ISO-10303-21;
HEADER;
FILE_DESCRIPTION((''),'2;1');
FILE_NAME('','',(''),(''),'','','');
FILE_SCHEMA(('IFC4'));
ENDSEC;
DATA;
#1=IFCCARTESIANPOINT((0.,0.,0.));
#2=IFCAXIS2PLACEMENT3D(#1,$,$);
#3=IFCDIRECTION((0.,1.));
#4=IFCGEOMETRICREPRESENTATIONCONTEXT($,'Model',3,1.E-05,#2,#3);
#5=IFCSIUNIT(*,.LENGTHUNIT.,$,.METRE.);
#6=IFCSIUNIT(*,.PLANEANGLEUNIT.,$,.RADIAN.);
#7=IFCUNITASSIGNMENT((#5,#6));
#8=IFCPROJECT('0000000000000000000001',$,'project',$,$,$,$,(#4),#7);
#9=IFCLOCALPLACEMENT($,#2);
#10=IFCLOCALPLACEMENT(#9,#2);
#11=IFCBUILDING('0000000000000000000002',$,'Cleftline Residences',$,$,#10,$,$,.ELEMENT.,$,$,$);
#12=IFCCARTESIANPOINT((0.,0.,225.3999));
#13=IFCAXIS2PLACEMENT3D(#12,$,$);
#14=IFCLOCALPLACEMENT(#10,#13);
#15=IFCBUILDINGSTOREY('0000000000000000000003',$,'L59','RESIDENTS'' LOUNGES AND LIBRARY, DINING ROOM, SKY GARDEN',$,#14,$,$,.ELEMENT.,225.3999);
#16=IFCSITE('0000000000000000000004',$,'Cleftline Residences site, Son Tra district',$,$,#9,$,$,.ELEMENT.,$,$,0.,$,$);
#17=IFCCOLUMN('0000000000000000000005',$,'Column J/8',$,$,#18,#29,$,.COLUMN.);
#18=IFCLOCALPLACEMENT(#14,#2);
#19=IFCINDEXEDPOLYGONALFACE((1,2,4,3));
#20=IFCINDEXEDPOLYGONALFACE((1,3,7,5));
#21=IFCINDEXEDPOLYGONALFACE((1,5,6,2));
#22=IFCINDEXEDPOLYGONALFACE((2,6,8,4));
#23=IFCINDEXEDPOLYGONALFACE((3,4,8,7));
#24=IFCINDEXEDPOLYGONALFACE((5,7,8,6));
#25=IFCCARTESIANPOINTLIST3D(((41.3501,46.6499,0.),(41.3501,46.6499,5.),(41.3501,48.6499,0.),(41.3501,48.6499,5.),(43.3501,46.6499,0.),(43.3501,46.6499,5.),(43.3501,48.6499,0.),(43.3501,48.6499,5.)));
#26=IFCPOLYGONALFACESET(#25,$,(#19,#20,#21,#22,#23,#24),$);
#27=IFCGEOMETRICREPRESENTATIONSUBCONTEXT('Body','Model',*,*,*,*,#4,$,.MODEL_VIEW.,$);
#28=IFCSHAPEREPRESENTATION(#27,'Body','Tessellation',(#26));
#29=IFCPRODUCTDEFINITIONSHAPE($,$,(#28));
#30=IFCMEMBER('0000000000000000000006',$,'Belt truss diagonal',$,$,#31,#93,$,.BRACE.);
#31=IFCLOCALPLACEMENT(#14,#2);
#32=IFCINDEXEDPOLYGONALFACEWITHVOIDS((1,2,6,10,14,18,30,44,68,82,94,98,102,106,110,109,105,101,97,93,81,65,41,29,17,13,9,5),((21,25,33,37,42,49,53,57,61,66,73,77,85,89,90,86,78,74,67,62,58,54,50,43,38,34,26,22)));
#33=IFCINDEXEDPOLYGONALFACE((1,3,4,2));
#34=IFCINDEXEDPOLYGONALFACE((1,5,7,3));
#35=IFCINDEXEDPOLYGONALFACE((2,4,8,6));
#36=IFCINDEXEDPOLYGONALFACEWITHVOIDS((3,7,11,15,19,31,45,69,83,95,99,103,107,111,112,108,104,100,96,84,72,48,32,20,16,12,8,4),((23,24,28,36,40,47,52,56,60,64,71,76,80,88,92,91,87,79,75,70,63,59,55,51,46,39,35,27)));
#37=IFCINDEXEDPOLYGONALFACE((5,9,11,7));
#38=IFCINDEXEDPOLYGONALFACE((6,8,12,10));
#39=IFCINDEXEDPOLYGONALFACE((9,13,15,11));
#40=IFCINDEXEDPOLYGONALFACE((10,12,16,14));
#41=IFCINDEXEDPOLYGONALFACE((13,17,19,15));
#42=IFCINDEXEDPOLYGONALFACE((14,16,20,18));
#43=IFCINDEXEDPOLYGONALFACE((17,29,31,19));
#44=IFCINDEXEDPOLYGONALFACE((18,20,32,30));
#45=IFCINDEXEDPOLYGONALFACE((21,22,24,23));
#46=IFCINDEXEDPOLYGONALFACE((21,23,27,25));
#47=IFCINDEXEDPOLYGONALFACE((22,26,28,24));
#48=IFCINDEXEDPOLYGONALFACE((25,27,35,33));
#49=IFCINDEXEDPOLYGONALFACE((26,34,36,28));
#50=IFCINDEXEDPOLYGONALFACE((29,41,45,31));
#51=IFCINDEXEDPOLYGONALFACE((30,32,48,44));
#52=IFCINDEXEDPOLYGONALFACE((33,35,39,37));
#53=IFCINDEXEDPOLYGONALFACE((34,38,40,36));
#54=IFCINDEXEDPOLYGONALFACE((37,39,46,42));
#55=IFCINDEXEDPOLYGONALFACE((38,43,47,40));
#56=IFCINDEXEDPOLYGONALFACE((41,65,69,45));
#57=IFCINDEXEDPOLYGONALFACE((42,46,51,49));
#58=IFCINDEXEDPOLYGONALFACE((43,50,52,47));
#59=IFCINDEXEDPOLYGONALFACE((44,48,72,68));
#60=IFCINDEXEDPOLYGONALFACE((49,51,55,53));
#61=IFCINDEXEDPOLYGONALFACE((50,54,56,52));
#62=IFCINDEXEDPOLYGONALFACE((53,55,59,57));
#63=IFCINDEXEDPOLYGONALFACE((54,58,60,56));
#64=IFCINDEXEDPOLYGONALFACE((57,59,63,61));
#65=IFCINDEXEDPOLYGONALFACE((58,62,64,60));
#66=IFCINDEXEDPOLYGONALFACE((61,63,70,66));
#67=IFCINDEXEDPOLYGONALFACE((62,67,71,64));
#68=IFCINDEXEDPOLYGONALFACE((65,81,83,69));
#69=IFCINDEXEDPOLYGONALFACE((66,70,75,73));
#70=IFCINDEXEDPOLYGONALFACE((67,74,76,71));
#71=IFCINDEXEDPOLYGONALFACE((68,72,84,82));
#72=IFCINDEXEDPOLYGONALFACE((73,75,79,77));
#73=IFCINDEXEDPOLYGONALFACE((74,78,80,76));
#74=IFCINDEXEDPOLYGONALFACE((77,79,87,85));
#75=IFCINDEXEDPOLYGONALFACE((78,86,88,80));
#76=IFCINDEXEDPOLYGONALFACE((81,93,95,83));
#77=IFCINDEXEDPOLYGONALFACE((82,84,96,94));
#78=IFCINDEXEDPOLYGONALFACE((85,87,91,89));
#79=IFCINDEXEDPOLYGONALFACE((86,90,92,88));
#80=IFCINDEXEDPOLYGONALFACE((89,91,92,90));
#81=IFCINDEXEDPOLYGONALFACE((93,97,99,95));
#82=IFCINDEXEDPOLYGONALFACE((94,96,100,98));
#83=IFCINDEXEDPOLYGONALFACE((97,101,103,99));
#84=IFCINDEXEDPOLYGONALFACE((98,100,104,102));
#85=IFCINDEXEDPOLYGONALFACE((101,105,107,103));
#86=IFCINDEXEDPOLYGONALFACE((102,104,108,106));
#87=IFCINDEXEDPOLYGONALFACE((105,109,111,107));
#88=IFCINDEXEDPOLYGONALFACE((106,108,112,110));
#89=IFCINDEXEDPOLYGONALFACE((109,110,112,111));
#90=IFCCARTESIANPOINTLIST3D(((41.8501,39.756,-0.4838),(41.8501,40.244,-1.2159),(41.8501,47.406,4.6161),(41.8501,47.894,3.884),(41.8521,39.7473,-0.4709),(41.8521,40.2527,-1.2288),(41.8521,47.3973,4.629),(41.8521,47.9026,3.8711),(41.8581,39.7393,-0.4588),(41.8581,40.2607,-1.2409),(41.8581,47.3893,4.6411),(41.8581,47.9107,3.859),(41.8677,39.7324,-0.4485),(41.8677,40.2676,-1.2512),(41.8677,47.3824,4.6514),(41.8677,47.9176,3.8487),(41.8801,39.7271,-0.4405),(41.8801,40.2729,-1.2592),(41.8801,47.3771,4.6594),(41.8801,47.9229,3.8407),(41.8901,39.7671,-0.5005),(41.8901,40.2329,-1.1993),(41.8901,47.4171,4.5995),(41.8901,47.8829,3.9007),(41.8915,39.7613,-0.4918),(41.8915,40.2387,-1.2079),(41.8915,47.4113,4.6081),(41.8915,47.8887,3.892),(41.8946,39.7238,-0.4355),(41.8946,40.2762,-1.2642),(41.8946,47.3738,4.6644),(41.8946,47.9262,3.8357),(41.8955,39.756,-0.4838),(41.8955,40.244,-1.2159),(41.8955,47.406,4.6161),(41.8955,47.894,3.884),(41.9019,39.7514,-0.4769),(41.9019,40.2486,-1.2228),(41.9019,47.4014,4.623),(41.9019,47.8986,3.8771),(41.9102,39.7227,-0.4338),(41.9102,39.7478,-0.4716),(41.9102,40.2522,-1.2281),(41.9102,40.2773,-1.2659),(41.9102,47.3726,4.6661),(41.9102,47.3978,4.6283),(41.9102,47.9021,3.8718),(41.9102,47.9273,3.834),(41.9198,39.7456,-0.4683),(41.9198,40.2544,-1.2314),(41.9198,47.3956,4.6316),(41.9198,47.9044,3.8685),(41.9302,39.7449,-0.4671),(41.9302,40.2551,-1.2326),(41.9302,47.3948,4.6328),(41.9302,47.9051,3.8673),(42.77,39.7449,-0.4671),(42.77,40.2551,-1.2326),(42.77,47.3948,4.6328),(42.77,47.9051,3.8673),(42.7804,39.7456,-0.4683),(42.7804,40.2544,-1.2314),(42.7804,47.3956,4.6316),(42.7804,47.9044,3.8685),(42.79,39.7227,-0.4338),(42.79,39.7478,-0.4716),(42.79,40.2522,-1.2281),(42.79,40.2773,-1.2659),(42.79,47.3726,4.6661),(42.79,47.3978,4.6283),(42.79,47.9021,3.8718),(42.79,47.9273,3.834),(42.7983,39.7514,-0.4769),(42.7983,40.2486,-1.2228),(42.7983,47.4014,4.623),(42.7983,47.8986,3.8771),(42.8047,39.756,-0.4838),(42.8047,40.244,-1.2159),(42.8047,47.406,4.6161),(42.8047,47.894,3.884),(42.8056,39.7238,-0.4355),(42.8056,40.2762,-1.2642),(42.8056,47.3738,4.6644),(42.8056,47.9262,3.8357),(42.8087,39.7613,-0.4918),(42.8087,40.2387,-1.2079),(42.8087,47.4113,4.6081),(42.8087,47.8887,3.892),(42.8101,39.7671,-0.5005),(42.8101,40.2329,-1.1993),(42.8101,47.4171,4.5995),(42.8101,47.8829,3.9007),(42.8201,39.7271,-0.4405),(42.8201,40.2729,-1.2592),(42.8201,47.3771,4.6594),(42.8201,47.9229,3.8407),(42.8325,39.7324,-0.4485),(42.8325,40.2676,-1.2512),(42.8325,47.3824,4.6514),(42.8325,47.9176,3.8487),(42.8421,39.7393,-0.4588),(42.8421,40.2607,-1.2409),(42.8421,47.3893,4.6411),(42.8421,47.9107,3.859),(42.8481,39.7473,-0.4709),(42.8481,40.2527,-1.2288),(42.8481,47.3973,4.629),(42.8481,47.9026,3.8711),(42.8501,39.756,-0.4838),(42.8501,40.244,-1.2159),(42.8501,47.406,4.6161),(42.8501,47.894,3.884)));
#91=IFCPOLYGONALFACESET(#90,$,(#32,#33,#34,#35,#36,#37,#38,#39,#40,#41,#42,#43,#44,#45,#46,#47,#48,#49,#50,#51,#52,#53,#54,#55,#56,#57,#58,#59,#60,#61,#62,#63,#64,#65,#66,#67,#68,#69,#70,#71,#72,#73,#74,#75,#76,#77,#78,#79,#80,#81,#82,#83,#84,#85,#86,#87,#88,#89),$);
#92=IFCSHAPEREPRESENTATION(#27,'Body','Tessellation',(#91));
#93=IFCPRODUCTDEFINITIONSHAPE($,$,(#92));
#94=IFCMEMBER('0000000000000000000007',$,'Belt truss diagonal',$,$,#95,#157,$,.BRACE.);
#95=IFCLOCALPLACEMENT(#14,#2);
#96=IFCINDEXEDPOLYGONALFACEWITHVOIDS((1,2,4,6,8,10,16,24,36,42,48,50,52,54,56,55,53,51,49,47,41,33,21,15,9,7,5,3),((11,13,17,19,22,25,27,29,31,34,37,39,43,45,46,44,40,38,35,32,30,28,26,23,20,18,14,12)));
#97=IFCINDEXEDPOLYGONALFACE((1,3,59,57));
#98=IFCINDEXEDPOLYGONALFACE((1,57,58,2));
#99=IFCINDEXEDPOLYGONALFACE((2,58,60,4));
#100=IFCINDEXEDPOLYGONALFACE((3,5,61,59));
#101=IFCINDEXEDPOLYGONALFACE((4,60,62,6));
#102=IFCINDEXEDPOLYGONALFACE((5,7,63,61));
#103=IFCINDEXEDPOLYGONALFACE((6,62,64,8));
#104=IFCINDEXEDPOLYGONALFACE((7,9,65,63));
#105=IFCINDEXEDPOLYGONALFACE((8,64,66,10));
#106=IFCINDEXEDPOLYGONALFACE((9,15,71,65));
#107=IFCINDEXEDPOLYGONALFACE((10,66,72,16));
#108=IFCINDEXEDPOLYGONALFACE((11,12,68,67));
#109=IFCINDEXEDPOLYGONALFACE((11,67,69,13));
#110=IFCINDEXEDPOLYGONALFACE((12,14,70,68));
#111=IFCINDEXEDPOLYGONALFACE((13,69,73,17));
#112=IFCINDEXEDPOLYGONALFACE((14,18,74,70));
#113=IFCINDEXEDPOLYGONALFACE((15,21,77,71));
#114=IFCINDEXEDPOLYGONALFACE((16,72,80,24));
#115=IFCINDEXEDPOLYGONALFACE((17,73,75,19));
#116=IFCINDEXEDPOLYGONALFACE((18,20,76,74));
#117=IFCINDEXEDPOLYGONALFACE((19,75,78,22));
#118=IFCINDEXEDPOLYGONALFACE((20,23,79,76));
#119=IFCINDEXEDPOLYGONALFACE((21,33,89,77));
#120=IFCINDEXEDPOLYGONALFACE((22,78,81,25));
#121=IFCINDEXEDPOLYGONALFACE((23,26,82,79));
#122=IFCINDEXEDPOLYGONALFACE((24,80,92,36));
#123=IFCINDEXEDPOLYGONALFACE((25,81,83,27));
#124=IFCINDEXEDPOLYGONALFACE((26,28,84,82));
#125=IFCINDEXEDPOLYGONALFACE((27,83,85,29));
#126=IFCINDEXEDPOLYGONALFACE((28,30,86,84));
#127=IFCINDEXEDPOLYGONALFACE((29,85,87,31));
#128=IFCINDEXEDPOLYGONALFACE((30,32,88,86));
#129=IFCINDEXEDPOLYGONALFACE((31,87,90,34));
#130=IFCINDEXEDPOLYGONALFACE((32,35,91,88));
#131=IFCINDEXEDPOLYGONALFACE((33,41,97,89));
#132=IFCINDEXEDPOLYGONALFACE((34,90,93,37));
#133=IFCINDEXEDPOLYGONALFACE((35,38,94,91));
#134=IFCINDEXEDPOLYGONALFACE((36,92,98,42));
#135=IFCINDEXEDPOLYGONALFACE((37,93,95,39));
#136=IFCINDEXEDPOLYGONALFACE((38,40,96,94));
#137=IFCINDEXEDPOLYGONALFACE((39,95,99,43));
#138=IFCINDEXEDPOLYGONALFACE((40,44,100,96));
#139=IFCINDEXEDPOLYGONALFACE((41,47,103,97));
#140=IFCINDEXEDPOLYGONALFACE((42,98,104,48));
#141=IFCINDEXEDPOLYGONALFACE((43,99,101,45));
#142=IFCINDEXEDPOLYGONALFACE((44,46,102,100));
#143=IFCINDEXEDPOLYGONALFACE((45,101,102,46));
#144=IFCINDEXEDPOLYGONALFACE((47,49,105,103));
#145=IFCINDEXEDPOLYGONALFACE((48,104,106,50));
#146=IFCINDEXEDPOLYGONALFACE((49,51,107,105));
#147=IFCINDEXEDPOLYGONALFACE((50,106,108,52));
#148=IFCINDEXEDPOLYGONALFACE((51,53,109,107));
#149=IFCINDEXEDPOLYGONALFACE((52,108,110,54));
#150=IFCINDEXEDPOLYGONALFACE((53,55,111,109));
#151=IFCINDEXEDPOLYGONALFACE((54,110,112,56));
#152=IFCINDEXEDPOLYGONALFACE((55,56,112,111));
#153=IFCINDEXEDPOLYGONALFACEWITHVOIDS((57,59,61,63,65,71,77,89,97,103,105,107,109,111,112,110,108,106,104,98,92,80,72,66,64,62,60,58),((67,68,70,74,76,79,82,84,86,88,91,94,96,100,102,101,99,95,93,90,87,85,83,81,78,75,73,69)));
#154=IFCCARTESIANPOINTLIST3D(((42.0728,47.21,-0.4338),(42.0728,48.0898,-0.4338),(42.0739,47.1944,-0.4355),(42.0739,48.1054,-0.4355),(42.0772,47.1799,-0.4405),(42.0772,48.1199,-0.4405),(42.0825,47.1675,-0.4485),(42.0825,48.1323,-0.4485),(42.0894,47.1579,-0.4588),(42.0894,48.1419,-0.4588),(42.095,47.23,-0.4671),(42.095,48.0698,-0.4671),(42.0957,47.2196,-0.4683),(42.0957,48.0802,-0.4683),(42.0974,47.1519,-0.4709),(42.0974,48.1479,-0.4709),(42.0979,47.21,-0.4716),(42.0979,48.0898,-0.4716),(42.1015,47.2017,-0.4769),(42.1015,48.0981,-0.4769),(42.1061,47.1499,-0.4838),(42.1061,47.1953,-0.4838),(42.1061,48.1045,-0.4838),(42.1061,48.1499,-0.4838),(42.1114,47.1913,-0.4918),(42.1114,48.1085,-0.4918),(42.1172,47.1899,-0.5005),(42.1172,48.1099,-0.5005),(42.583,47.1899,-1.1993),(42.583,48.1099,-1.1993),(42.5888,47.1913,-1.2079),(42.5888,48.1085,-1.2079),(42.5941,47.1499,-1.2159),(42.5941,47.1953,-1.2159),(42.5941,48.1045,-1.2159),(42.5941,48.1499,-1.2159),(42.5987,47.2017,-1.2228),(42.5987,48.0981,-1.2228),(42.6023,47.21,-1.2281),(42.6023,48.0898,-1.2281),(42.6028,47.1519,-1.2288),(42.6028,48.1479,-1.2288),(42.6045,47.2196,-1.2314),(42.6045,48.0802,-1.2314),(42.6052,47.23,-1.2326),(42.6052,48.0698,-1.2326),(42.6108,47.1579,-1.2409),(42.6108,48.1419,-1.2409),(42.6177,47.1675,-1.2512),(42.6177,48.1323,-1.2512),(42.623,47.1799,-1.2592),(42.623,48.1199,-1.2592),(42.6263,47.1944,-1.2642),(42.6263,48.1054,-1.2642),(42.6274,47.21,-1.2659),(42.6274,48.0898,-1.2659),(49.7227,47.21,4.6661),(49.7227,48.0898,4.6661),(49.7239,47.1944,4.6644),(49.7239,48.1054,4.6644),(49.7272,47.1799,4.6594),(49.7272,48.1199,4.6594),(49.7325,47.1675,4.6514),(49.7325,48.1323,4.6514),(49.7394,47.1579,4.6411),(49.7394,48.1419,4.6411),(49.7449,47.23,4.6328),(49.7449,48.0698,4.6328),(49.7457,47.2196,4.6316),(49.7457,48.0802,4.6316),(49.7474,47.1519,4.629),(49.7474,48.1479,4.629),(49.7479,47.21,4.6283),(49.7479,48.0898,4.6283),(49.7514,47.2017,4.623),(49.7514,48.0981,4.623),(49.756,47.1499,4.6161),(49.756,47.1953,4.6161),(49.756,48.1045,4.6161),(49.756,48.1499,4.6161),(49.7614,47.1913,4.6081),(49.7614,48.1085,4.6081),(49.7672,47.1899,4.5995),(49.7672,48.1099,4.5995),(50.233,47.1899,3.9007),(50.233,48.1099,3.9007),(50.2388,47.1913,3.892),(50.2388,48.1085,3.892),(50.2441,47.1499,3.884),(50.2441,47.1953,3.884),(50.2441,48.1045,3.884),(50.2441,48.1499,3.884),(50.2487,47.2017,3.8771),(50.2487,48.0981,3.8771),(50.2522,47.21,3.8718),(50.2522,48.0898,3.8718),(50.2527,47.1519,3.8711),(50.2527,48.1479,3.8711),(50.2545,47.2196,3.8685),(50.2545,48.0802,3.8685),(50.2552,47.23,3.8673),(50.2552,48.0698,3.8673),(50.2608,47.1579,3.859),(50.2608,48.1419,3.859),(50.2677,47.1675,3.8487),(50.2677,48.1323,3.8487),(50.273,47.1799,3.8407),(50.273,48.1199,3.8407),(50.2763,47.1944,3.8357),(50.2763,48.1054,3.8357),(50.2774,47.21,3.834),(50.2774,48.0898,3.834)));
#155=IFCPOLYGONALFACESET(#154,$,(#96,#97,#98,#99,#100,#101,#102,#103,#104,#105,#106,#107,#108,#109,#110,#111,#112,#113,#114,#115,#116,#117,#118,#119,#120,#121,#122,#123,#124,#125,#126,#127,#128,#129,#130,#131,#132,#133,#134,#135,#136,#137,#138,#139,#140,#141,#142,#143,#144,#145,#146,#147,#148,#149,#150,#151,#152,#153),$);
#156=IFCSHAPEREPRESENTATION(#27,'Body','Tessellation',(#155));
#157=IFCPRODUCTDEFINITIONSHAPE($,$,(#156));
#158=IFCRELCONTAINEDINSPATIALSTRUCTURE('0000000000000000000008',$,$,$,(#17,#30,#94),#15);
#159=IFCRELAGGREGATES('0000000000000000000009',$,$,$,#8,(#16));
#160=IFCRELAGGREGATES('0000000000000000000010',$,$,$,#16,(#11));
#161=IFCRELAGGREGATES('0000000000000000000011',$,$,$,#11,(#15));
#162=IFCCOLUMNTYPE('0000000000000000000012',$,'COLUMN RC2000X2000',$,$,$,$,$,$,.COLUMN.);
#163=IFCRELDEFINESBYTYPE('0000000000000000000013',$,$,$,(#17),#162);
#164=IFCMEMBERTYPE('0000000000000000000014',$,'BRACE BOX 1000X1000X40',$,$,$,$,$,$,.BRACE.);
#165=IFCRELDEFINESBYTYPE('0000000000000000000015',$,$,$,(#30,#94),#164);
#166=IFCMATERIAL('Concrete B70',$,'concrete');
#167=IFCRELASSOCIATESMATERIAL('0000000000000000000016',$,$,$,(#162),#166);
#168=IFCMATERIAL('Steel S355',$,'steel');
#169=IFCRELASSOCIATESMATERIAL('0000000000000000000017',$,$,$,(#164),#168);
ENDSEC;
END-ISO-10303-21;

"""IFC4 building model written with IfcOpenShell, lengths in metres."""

from ifc_helpers import new_model, si_unit, direction, frame, origin, origin_2d, place, context, subcontext, project, spatial, rectangle, hollow_rectangle, extrude, material, material_profile, profile_set, type_object, element, save


model = new_model("IFC4")

# Units and contexts
model_context = context("Model", 3, precision=1e-05, world=origin(), true_north=direction((0.0, 1.0)))
body_context = subcontext(model_context, "Body", "Model", "MODEL_VIEW")
ifc_project = project(units=[si_unit("LENGTHUNIT", "METRE"), si_unit("PLANEANGLEUNIT", "RADIAN")], contexts=[model_context])

# Site, building, storey
site_placement = place(None, origin())
site = spatial("IfcSite", under=ifc_project, at=site_placement, Name="Cleftline Residences site, Son Tra district", CompositionType="ELEMENT", RefElevation=0.0)
building_placement = place(site_placement, origin())
building = spatial("IfcBuilding", under=site, at=building_placement, Name="Cleftline Residences", CompositionType="ELEMENT")
storey_placement = place(building_placement, frame((0.0, 0.0, 225.3999)))
storey = spatial("IfcBuildingStorey", under=building, at=storey_placement, Name="L59", Description="RESIDENTS' LOUNGES AND LIBRARY, DINING ROOM, SKY GARDEN", CompositionType="ELEMENT", Elevation=225.3999)

# Column
ifc_material_1 = material(Name="Concrete B70", Category="concrete")
ifc_material_profile_1 = material_profile(ifc_material_1, rectangle(XDim=2.0, YDim=2.0, at=origin_2d()))
ifc_profile_set_1 = profile_set([ifc_material_profile_1], Name="Concrete B70")
column_type = type_object("IfcColumnType", Name="COLUMN RC2000X2000", PredefinedType="COLUMN", material=ifc_profile_set_1)
column_placement = place(storey_placement, frame((42.3501, 47.6499, 0.0), z_axis=(0.0, 0.0, 1.0), x_axis=(1.0, 0.0, 0.0)))
element("IfcColumn", 1, at=column_placement, inside=storey, type_object=column_type, Name="Column J/8", PredefinedType="COLUMN", context=body_context, shape_type="SweptSolid", body=[
    extrude(rectangle(XDim=2.0, YDim=2.0, at=origin_2d()), origin(), (0.0, 0.0, 1.0), 5.0),
])

# Members
ifc_material_2 = material(Name="Steel S355", Category="steel")
ifc_material_profile_2 = material_profile(ifc_material_2, hollow_rectangle(XDim=1.0, YDim=1.0, WallThickness=0.04, InnerFilletRadius=0.04, OuterFilletRadius=0.0601, at=origin_2d()))
ifc_profile_set_2 = profile_set([ifc_material_profile_2], Name="Steel S355")
member_type_1 = type_object("IfcMemberType", Name="BRACE BOX 1000X1000X40", PredefinedType="BRACE", material=ifc_profile_set_2)
for number, where, z_axis, x_axis, name in (
    (2, (42.3501, 40.0, -0.8499), (0.0, 0.832054, 0.554694), (0.0, -0.554694, 0.832054), "Belt truss diagonal"),
    (3, (42.3501, 47.6499, -0.8499), (0.832054, 0.0, 0.554694), (-0.554694, 0.0, 0.832054), "Belt truss diagonal"),
):
    element("IfcMember", number, at=place(storey_placement, frame(where, z_axis=z_axis, x_axis=x_axis)), inside=storey, type_object=member_type_1, Name=name, PredefinedType="BRACE", context=body_context, shape_type="SweptSolid", body=[
        extrude(hollow_rectangle(XDim=1.0, YDim=1.0, WallThickness=0.04, InnerFilletRadius=0.04, OuterFilletRadius=0.0601, at=origin_2d()), origin(), (0.0, 0.0, 1.0), 9.1941),
    ])

save(model, "model.ifc")
